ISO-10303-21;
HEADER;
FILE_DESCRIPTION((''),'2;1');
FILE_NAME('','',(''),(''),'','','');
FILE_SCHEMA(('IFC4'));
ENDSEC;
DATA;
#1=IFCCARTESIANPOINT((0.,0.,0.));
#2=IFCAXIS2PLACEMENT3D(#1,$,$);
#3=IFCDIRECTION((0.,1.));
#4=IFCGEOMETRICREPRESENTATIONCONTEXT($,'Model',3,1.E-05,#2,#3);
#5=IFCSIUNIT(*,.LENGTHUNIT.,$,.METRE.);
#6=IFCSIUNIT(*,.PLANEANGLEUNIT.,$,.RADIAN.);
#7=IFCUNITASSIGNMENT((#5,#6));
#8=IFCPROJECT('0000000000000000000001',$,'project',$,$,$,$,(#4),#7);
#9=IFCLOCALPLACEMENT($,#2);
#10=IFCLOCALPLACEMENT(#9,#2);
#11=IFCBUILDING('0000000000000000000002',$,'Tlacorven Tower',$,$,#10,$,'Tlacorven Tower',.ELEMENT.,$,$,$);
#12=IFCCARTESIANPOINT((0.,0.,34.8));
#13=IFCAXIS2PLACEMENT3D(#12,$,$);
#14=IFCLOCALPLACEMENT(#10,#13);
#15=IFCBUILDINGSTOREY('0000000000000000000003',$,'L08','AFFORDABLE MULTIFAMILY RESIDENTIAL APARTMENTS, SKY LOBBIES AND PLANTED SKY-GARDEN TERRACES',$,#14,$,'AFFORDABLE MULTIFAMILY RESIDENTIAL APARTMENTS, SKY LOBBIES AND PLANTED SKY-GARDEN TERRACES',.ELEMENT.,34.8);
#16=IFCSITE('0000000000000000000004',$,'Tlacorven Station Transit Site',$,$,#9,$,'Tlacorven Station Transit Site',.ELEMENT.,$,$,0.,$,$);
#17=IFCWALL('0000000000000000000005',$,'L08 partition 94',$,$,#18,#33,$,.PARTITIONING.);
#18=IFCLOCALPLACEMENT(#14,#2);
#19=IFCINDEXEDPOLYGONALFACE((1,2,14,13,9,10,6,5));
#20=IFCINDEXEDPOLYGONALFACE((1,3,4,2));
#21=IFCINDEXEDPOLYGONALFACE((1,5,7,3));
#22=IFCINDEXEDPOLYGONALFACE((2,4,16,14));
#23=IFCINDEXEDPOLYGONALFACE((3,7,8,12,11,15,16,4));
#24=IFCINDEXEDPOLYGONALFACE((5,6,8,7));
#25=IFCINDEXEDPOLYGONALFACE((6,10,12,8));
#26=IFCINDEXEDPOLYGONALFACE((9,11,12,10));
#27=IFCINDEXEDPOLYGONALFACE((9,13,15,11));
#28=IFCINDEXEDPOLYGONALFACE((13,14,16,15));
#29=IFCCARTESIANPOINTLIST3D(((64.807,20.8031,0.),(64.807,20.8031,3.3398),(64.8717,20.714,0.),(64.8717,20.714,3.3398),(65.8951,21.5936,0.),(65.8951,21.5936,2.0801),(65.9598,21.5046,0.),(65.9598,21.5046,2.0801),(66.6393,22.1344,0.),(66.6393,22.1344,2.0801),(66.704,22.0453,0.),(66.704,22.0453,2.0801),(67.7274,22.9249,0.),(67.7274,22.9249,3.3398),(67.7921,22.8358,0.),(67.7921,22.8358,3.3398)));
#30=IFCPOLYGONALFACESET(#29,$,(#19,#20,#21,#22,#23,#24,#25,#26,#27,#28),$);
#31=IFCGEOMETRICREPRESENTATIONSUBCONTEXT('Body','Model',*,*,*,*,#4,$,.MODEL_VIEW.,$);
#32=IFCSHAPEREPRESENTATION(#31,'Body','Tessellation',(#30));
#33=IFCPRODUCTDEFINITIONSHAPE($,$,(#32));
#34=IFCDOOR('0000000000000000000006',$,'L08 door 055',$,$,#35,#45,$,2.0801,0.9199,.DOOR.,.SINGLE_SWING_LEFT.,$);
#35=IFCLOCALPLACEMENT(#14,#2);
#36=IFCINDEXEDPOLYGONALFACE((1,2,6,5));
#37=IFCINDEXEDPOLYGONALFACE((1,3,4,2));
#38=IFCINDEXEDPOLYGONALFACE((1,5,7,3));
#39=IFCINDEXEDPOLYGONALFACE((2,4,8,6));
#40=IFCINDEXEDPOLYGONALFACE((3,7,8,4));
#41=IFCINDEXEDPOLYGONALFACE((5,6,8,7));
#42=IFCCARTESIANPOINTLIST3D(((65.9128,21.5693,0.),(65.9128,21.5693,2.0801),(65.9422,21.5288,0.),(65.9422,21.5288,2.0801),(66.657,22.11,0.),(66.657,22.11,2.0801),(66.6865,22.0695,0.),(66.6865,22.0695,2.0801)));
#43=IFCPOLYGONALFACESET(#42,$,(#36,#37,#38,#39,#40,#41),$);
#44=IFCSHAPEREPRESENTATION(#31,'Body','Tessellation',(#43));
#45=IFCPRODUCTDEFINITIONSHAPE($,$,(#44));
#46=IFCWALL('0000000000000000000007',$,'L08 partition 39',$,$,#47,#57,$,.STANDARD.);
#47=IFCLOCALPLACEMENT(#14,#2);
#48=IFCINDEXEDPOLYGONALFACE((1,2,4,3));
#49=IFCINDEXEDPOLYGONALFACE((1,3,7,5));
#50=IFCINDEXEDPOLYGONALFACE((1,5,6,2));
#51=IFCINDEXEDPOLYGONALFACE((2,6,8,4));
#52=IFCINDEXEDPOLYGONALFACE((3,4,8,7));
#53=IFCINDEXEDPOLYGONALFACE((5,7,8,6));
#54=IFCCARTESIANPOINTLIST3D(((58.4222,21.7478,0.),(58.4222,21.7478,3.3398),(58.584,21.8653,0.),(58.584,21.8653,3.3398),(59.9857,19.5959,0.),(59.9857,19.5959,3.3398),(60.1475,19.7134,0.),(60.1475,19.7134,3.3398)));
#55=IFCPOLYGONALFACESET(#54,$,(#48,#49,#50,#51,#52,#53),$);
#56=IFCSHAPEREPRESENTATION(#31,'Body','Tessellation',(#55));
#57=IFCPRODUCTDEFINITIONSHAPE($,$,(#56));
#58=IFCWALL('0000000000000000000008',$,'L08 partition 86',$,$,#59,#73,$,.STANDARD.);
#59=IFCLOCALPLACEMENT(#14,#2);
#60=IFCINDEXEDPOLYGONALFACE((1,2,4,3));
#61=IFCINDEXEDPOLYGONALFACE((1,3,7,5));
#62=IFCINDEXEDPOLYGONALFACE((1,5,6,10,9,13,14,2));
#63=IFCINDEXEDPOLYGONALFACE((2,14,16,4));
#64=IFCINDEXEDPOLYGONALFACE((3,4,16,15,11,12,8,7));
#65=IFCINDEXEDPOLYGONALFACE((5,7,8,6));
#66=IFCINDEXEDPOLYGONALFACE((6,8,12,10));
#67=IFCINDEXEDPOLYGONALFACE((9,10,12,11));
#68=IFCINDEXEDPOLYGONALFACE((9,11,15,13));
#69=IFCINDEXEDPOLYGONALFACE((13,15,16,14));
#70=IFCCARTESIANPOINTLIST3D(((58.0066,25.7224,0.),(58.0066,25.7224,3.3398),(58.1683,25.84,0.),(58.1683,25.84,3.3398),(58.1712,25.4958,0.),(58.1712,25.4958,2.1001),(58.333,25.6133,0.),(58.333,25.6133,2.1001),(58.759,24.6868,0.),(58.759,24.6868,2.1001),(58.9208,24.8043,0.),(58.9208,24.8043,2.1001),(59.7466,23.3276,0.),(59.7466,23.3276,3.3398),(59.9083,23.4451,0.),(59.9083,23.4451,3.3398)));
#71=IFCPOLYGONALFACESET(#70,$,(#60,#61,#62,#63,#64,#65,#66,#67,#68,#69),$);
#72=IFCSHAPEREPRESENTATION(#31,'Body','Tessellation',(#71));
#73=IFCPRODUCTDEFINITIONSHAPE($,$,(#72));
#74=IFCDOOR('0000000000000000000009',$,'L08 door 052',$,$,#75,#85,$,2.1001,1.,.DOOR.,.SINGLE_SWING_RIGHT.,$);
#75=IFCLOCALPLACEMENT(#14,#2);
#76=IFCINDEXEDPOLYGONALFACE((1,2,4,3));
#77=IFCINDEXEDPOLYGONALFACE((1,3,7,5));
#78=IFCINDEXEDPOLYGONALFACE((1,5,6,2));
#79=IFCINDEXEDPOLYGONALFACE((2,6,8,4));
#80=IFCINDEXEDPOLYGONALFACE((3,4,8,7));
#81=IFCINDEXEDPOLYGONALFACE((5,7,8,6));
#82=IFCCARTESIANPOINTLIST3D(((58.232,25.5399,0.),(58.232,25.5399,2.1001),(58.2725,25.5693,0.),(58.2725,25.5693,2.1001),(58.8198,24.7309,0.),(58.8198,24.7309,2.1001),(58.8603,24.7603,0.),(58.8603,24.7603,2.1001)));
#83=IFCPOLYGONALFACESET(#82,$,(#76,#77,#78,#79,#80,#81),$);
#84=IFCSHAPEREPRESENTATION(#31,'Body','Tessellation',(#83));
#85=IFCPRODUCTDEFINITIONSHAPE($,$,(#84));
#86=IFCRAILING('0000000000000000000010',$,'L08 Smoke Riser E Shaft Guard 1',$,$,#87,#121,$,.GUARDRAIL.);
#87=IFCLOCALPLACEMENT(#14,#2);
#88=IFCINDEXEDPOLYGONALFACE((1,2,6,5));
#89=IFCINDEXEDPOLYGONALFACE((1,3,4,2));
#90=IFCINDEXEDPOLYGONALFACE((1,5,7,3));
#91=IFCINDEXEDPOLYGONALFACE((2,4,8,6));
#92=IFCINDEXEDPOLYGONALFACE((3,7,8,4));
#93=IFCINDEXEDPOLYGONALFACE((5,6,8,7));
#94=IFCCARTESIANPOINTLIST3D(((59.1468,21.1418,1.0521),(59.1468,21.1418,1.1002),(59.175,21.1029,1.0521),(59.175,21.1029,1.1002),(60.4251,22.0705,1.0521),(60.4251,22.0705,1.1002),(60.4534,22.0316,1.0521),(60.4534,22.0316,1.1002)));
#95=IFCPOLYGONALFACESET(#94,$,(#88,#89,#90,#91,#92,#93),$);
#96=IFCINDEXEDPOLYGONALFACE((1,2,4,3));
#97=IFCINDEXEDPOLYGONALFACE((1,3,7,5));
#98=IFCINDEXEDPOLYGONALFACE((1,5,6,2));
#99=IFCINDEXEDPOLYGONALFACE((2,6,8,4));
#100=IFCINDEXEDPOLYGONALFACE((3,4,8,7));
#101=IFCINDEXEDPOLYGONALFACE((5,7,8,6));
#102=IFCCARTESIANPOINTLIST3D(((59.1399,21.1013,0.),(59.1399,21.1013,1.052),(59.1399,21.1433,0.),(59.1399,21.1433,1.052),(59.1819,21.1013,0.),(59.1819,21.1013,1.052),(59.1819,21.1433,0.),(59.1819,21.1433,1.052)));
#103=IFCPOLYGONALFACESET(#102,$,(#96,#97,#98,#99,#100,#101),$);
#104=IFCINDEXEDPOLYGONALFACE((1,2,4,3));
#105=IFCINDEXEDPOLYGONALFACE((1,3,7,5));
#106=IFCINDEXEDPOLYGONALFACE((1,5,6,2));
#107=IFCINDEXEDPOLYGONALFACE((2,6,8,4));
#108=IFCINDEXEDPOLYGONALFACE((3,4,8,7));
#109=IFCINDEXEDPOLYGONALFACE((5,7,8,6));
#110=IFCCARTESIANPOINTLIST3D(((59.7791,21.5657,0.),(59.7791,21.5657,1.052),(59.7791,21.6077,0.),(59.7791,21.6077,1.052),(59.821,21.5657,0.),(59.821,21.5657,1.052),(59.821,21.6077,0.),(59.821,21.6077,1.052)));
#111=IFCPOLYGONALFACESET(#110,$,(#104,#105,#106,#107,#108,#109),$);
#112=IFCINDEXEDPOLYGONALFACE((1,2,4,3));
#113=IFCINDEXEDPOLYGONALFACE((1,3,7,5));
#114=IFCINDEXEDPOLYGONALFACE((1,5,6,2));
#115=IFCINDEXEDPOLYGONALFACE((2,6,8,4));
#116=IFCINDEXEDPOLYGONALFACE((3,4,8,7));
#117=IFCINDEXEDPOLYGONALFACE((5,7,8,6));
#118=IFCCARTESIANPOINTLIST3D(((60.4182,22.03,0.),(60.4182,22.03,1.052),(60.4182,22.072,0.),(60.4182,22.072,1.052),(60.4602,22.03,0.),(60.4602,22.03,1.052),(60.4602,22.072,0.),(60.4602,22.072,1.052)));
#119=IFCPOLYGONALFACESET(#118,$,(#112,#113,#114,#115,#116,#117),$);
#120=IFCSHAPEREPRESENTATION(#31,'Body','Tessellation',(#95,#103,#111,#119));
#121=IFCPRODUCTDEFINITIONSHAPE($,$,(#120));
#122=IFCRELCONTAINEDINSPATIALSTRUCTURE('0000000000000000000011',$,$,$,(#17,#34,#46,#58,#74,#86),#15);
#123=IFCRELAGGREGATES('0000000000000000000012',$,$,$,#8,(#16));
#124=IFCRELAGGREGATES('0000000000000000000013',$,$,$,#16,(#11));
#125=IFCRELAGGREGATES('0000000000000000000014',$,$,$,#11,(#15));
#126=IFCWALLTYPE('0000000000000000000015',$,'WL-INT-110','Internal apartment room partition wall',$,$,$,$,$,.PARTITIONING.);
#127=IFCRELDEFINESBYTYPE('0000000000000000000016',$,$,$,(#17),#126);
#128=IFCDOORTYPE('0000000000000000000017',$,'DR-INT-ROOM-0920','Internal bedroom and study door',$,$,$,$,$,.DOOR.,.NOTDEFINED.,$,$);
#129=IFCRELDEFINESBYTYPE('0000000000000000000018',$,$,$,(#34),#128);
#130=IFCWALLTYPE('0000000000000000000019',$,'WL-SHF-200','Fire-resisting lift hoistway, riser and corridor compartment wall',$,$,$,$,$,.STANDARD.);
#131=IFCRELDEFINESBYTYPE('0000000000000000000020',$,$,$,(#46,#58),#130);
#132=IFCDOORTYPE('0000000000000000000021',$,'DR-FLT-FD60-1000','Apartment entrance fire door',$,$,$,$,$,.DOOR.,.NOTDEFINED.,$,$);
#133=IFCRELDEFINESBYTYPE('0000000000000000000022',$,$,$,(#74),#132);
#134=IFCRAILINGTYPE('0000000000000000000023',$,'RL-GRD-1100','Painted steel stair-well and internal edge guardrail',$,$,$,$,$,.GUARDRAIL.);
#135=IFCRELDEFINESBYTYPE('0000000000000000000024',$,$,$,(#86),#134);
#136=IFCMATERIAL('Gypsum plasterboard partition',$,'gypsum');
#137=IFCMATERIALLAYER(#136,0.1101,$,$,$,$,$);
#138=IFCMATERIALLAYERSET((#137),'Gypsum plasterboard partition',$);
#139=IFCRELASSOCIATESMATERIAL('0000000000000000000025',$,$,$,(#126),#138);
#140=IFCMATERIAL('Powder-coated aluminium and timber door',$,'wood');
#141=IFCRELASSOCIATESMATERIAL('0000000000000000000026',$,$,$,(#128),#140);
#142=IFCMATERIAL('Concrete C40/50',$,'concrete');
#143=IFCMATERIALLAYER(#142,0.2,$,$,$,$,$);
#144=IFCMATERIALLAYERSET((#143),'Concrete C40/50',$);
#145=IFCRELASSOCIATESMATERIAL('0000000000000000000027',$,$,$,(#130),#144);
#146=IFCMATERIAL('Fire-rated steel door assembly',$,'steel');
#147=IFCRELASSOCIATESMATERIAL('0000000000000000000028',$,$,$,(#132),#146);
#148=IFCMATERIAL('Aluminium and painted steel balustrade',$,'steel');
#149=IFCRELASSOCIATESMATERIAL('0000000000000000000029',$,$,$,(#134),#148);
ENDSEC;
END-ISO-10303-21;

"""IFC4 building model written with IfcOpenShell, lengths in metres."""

from ifc_helpers import new_model, si_unit, direction, frame, frame_2d, origin, origin_2d, place, context, subcontext, project, spatial, rectangle, extrude, source, transform, mapped, material, layer, layer_set, type_object, element, fill, save


model = new_model("IFC4")

# Units and contexts
model_context = context("Model", 3, precision=1e-05, world=origin(), true_north=direction((0.0, 1.0)))
body_context = subcontext(model_context, "Body", "Model", "MODEL_VIEW")
ifc_project = project(units=[si_unit("LENGTHUNIT", "METRE"), si_unit("PLANEANGLEUNIT", "RADIAN")], contexts=[model_context])

# Site, building, storey
site_placement = place(None, origin())
site = spatial("IfcSite", under=ifc_project, at=site_placement, Name="Tlacorven Station Transit Site", LongName="Tlacorven Station Transit Site", CompositionType="ELEMENT", RefElevation=0.0)
building_placement = place(site_placement, origin())
building = spatial("IfcBuilding", under=site, at=building_placement, Name="Tlacorven Tower", LongName="Tlacorven Tower", CompositionType="ELEMENT")
storey_placement = place(building_placement, frame((0.0, 0.0, 34.8)))
storey = spatial("IfcBuildingStorey", under=building, at=storey_placement, Name="L08", Description="AFFORDABLE MULTIFAMILY RESIDENTIAL APARTMENTS, SKY LOBBIES AND PLANTED SKY-GARDEN TERRACES", LongName="AFFORDABLE MULTIFAMILY RESIDENTIAL APARTMENTS, SKY LOBBIES AND PLANTED SKY-GARDEN TERRACES", CompositionType="ELEMENT", Elevation=34.8)

# Wall, opening, door
ifc_material_1 = material(Name="Gypsum plasterboard partition", Category="gypsum")
ifc_layer_1 = layer(ifc_material_1, 0.1101)
ifc_layer_set_1 = layer_set([ifc_layer_1], Name="Gypsum plasterboard partition")
wall_type_1 = type_object("IfcWallType", Name="WL-INT-110", Description="Internal apartment room partition wall", PredefinedType="PARTITIONING", material=ifc_layer_set_1)
wall_1_placement = place(storey_placement, frame((64.8394, 20.7585, 0.0), z_axis=(0.0, 0.0, 1.0), x_axis=(0.809014, 0.58779, 0.0)))
wall_1 = element("IfcWall", 1, at=wall_1_placement, inside=storey, type_object=wall_type_1, Name="L08 partition 94", PredefinedType="PARTITIONING", context=body_context, shape_type="SweptSolid", body=[
    extrude(rectangle(XDim=3.6099, YDim=0.1101, at=frame_2d((1.8049, 0.0))), origin(), (0.0, 0.0, 1.0), 3.3398),
])
opening_1_placement = place(wall_1_placement, frame((1.345, 0.0, 0.0)))
opening_1 = element("IfcOpeningElement", 2, at=opening_1_placement, cuts=wall_1, PredefinedType="OPENING", context=body_context, shape_type="SweptSolid", body=[
    extrude(rectangle(XDim=0.9199, YDim=2.0801, at=frame_2d((0.46, 1.04))), frame((0.0, 0.0649, 0.0), z_axis=(0.0, -1.0, 0.0), x_axis=(1.0, 0.0, 0.0)), (0.0, 0.0, 1.0), 0.1301),
])
ifc_material_2 = material(Name="Powder-coated aluminium and timber door", Category="wood")
door_type_1 = type_object("IfcDoorType", Name="DR-INT-ROOM-0920", Description="Internal bedroom and study door", OperationType="NOTDEFINED", PredefinedType="DOOR", material=ifc_material_2)
shared_shape_1 = source(origin(), body_context, "Body", "SweptSolid", [
    extrude(rectangle(XDim=0.9199, YDim=2.0801, at=frame_2d((0.46, 1.04))), frame((0.0, 0.0249, 0.0), z_axis=(0.0, -1.0, 0.0), x_axis=(1.0, 0.0, 0.0)), (0.0, 0.0, 1.0), 0.05),
])
door_1_placement = place(opening_1_placement, origin())
door_1 = element("IfcDoor", 3, at=door_1_placement, inside=storey, type_object=door_type_1, Name="L08 door 055", OperationType="SINGLE_SWING_LEFT", OverallHeight=2.0801, OverallWidth=0.9199, PredefinedType="DOOR", context=body_context, shape_type="MappedRepresentation", body=[
    mapped(shared_shape_1, transform((0.0, 0.0, 0.0), scale=1.0)),
])
fill(opening_1, door_1)

# Wall
ifc_material_3 = material(Name="Concrete C40/50", Category="concrete")
ifc_layer_2 = layer(ifc_material_3, 0.2)
ifc_layer_set_2 = layer_set([ifc_layer_2], Name="Concrete C40/50")
wall_type_2 = type_object("IfcWallType", Name="WL-SHF-200", Description="Fire-resisting lift hoistway, riser and corridor compartment wall", PredefinedType="STANDARD", material=ifc_layer_set_2)
wall_2_placement = place(storey_placement, frame((60.0667, 19.6545, 0.0), z_axis=(0.0, 0.0, 1.0), x_axis=(-0.587801, 0.809006, 0.0)))
element("IfcWall", 4, at=wall_2_placement, inside=storey, type_object=wall_type_2, Name="L08 partition 39", PredefinedType="STANDARD", context=body_context, shape_type="SweptSolid", body=[
    extrude(rectangle(XDim=2.6599, YDim=0.2, at=frame_2d((1.3301, 0.0))), origin(), (0.0, 0.0, 1.0), 3.3398),
])

# Wall, opening, door
wall_3_placement = place(storey_placement, frame((59.8274, 23.3865, 0.0), z_axis=(0.0, 0.0, 1.0), x_axis=(-0.587804, 0.809003, 0.0)))
wall_3 = element("IfcWall", 5, at=wall_3_placement, inside=storey, type_object=wall_type_2, Name="L08 partition 86", PredefinedType="STANDARD", context=body_context, shape_type="SweptSolid", body=[
    extrude(rectangle(XDim=2.9602, YDim=0.2, at=frame_2d((1.48, 0.0))), origin(), (0.0, 0.0, 1.0), 3.3398),
])
opening_2_placement = place(wall_3_placement, frame((1.6799, 0.0, 0.0)))
opening_2 = element("IfcOpeningElement", 6, at=opening_2_placement, cuts=wall_3, PredefinedType="OPENING", context=body_context, shape_type="SweptSolid", body=[
    extrude(rectangle(XDim=1.0, YDim=2.1001, at=frame_2d((0.5, 1.05))), frame((0.0, 0.1099, 0.0), z_axis=(0.0, -1.0, 0.0), x_axis=(1.0, 0.0, 0.0)), (0.0, 0.0, 1.0), 0.22),
])
ifc_material_4 = material(Name="Fire-rated steel door assembly", Category="steel")
door_type_2 = type_object("IfcDoorType", Name="DR-FLT-FD60-1000", Description="Apartment entrance fire door", OperationType="NOTDEFINED", PredefinedType="DOOR", material=ifc_material_4)
shared_shape_2 = source(origin(), body_context, "Body", "SweptSolid", [
    extrude(rectangle(XDim=1.0, YDim=2.1001, at=frame_2d((0.5, 1.05))), frame((0.0, 0.0249, 0.0), z_axis=(0.0, -1.0, 0.0), x_axis=(1.0, 0.0, 0.0)), (0.0, 0.0, 1.0), 0.05),
])
door_2_placement = place(opening_2_placement, origin())
door_2 = element("IfcDoor", 7, at=door_2_placement, inside=storey, type_object=door_type_2, Name="L08 door 052", OperationType="SINGLE_SWING_RIGHT", OverallHeight=2.1001, OverallWidth=1.0, PredefinedType="DOOR", context=body_context, shape_type="MappedRepresentation", body=[
    mapped(shared_shape_2, transform((0.0, 0.0, 0.0), scale=1.0)),
])
fill(opening_2, door_2)

# Railing
ifc_material_5 = material(Name="Aluminium and painted steel balustrade", Category="steel")
railing_type = type_object("IfcRailingType", Name="RL-GRD-1100", Description="Painted steel stair-well and internal edge guardrail", PredefinedType="GUARDRAIL", material=ifc_material_5)
shared_shape_3 = source(origin(), body_context, "Body", "SweptSolid", [
    extrude(rectangle(XDim=0.0481, YDim=0.0481, at=origin_2d()), frame((0.0, 0.0, 1.0762), z_axis=(0.80903, 0.587767, 0.0), x_axis=(-0.587767, 0.80903, 0.0)), (0.0, 0.0, 1.0), 1.5801),
    extrude(rectangle(XDim=0.042, YDim=0.042, at=origin_2d()), origin(), (0.0, 0.0, 1.0), 1.052),
    extrude(rectangle(XDim=0.042, YDim=0.042, at=origin_2d()), frame((0.6392, 0.4644, 0.0)), (0.0, 0.0, 1.0), 1.052),
    extrude(rectangle(XDim=0.042, YDim=0.042, at=origin_2d()), frame((1.2783, 0.9287, 0.0)), (0.0, 0.0, 1.0), 1.052),
])
railing_placement = place(storey_placement, frame((59.1609, 21.1223, 0.0)))
element("IfcRailing", 8, at=railing_placement, inside=storey, type_object=railing_type, Name="L08 Smoke Riser E Shaft Guard 1", PredefinedType="GUARDRAIL", context=body_context, shape_type="MappedRepresentation", body=[
    mapped(shared_shape_3, transform((0.0, 0.0, 0.0), scale=1.0)),
])

save(model, "model.ifc")
